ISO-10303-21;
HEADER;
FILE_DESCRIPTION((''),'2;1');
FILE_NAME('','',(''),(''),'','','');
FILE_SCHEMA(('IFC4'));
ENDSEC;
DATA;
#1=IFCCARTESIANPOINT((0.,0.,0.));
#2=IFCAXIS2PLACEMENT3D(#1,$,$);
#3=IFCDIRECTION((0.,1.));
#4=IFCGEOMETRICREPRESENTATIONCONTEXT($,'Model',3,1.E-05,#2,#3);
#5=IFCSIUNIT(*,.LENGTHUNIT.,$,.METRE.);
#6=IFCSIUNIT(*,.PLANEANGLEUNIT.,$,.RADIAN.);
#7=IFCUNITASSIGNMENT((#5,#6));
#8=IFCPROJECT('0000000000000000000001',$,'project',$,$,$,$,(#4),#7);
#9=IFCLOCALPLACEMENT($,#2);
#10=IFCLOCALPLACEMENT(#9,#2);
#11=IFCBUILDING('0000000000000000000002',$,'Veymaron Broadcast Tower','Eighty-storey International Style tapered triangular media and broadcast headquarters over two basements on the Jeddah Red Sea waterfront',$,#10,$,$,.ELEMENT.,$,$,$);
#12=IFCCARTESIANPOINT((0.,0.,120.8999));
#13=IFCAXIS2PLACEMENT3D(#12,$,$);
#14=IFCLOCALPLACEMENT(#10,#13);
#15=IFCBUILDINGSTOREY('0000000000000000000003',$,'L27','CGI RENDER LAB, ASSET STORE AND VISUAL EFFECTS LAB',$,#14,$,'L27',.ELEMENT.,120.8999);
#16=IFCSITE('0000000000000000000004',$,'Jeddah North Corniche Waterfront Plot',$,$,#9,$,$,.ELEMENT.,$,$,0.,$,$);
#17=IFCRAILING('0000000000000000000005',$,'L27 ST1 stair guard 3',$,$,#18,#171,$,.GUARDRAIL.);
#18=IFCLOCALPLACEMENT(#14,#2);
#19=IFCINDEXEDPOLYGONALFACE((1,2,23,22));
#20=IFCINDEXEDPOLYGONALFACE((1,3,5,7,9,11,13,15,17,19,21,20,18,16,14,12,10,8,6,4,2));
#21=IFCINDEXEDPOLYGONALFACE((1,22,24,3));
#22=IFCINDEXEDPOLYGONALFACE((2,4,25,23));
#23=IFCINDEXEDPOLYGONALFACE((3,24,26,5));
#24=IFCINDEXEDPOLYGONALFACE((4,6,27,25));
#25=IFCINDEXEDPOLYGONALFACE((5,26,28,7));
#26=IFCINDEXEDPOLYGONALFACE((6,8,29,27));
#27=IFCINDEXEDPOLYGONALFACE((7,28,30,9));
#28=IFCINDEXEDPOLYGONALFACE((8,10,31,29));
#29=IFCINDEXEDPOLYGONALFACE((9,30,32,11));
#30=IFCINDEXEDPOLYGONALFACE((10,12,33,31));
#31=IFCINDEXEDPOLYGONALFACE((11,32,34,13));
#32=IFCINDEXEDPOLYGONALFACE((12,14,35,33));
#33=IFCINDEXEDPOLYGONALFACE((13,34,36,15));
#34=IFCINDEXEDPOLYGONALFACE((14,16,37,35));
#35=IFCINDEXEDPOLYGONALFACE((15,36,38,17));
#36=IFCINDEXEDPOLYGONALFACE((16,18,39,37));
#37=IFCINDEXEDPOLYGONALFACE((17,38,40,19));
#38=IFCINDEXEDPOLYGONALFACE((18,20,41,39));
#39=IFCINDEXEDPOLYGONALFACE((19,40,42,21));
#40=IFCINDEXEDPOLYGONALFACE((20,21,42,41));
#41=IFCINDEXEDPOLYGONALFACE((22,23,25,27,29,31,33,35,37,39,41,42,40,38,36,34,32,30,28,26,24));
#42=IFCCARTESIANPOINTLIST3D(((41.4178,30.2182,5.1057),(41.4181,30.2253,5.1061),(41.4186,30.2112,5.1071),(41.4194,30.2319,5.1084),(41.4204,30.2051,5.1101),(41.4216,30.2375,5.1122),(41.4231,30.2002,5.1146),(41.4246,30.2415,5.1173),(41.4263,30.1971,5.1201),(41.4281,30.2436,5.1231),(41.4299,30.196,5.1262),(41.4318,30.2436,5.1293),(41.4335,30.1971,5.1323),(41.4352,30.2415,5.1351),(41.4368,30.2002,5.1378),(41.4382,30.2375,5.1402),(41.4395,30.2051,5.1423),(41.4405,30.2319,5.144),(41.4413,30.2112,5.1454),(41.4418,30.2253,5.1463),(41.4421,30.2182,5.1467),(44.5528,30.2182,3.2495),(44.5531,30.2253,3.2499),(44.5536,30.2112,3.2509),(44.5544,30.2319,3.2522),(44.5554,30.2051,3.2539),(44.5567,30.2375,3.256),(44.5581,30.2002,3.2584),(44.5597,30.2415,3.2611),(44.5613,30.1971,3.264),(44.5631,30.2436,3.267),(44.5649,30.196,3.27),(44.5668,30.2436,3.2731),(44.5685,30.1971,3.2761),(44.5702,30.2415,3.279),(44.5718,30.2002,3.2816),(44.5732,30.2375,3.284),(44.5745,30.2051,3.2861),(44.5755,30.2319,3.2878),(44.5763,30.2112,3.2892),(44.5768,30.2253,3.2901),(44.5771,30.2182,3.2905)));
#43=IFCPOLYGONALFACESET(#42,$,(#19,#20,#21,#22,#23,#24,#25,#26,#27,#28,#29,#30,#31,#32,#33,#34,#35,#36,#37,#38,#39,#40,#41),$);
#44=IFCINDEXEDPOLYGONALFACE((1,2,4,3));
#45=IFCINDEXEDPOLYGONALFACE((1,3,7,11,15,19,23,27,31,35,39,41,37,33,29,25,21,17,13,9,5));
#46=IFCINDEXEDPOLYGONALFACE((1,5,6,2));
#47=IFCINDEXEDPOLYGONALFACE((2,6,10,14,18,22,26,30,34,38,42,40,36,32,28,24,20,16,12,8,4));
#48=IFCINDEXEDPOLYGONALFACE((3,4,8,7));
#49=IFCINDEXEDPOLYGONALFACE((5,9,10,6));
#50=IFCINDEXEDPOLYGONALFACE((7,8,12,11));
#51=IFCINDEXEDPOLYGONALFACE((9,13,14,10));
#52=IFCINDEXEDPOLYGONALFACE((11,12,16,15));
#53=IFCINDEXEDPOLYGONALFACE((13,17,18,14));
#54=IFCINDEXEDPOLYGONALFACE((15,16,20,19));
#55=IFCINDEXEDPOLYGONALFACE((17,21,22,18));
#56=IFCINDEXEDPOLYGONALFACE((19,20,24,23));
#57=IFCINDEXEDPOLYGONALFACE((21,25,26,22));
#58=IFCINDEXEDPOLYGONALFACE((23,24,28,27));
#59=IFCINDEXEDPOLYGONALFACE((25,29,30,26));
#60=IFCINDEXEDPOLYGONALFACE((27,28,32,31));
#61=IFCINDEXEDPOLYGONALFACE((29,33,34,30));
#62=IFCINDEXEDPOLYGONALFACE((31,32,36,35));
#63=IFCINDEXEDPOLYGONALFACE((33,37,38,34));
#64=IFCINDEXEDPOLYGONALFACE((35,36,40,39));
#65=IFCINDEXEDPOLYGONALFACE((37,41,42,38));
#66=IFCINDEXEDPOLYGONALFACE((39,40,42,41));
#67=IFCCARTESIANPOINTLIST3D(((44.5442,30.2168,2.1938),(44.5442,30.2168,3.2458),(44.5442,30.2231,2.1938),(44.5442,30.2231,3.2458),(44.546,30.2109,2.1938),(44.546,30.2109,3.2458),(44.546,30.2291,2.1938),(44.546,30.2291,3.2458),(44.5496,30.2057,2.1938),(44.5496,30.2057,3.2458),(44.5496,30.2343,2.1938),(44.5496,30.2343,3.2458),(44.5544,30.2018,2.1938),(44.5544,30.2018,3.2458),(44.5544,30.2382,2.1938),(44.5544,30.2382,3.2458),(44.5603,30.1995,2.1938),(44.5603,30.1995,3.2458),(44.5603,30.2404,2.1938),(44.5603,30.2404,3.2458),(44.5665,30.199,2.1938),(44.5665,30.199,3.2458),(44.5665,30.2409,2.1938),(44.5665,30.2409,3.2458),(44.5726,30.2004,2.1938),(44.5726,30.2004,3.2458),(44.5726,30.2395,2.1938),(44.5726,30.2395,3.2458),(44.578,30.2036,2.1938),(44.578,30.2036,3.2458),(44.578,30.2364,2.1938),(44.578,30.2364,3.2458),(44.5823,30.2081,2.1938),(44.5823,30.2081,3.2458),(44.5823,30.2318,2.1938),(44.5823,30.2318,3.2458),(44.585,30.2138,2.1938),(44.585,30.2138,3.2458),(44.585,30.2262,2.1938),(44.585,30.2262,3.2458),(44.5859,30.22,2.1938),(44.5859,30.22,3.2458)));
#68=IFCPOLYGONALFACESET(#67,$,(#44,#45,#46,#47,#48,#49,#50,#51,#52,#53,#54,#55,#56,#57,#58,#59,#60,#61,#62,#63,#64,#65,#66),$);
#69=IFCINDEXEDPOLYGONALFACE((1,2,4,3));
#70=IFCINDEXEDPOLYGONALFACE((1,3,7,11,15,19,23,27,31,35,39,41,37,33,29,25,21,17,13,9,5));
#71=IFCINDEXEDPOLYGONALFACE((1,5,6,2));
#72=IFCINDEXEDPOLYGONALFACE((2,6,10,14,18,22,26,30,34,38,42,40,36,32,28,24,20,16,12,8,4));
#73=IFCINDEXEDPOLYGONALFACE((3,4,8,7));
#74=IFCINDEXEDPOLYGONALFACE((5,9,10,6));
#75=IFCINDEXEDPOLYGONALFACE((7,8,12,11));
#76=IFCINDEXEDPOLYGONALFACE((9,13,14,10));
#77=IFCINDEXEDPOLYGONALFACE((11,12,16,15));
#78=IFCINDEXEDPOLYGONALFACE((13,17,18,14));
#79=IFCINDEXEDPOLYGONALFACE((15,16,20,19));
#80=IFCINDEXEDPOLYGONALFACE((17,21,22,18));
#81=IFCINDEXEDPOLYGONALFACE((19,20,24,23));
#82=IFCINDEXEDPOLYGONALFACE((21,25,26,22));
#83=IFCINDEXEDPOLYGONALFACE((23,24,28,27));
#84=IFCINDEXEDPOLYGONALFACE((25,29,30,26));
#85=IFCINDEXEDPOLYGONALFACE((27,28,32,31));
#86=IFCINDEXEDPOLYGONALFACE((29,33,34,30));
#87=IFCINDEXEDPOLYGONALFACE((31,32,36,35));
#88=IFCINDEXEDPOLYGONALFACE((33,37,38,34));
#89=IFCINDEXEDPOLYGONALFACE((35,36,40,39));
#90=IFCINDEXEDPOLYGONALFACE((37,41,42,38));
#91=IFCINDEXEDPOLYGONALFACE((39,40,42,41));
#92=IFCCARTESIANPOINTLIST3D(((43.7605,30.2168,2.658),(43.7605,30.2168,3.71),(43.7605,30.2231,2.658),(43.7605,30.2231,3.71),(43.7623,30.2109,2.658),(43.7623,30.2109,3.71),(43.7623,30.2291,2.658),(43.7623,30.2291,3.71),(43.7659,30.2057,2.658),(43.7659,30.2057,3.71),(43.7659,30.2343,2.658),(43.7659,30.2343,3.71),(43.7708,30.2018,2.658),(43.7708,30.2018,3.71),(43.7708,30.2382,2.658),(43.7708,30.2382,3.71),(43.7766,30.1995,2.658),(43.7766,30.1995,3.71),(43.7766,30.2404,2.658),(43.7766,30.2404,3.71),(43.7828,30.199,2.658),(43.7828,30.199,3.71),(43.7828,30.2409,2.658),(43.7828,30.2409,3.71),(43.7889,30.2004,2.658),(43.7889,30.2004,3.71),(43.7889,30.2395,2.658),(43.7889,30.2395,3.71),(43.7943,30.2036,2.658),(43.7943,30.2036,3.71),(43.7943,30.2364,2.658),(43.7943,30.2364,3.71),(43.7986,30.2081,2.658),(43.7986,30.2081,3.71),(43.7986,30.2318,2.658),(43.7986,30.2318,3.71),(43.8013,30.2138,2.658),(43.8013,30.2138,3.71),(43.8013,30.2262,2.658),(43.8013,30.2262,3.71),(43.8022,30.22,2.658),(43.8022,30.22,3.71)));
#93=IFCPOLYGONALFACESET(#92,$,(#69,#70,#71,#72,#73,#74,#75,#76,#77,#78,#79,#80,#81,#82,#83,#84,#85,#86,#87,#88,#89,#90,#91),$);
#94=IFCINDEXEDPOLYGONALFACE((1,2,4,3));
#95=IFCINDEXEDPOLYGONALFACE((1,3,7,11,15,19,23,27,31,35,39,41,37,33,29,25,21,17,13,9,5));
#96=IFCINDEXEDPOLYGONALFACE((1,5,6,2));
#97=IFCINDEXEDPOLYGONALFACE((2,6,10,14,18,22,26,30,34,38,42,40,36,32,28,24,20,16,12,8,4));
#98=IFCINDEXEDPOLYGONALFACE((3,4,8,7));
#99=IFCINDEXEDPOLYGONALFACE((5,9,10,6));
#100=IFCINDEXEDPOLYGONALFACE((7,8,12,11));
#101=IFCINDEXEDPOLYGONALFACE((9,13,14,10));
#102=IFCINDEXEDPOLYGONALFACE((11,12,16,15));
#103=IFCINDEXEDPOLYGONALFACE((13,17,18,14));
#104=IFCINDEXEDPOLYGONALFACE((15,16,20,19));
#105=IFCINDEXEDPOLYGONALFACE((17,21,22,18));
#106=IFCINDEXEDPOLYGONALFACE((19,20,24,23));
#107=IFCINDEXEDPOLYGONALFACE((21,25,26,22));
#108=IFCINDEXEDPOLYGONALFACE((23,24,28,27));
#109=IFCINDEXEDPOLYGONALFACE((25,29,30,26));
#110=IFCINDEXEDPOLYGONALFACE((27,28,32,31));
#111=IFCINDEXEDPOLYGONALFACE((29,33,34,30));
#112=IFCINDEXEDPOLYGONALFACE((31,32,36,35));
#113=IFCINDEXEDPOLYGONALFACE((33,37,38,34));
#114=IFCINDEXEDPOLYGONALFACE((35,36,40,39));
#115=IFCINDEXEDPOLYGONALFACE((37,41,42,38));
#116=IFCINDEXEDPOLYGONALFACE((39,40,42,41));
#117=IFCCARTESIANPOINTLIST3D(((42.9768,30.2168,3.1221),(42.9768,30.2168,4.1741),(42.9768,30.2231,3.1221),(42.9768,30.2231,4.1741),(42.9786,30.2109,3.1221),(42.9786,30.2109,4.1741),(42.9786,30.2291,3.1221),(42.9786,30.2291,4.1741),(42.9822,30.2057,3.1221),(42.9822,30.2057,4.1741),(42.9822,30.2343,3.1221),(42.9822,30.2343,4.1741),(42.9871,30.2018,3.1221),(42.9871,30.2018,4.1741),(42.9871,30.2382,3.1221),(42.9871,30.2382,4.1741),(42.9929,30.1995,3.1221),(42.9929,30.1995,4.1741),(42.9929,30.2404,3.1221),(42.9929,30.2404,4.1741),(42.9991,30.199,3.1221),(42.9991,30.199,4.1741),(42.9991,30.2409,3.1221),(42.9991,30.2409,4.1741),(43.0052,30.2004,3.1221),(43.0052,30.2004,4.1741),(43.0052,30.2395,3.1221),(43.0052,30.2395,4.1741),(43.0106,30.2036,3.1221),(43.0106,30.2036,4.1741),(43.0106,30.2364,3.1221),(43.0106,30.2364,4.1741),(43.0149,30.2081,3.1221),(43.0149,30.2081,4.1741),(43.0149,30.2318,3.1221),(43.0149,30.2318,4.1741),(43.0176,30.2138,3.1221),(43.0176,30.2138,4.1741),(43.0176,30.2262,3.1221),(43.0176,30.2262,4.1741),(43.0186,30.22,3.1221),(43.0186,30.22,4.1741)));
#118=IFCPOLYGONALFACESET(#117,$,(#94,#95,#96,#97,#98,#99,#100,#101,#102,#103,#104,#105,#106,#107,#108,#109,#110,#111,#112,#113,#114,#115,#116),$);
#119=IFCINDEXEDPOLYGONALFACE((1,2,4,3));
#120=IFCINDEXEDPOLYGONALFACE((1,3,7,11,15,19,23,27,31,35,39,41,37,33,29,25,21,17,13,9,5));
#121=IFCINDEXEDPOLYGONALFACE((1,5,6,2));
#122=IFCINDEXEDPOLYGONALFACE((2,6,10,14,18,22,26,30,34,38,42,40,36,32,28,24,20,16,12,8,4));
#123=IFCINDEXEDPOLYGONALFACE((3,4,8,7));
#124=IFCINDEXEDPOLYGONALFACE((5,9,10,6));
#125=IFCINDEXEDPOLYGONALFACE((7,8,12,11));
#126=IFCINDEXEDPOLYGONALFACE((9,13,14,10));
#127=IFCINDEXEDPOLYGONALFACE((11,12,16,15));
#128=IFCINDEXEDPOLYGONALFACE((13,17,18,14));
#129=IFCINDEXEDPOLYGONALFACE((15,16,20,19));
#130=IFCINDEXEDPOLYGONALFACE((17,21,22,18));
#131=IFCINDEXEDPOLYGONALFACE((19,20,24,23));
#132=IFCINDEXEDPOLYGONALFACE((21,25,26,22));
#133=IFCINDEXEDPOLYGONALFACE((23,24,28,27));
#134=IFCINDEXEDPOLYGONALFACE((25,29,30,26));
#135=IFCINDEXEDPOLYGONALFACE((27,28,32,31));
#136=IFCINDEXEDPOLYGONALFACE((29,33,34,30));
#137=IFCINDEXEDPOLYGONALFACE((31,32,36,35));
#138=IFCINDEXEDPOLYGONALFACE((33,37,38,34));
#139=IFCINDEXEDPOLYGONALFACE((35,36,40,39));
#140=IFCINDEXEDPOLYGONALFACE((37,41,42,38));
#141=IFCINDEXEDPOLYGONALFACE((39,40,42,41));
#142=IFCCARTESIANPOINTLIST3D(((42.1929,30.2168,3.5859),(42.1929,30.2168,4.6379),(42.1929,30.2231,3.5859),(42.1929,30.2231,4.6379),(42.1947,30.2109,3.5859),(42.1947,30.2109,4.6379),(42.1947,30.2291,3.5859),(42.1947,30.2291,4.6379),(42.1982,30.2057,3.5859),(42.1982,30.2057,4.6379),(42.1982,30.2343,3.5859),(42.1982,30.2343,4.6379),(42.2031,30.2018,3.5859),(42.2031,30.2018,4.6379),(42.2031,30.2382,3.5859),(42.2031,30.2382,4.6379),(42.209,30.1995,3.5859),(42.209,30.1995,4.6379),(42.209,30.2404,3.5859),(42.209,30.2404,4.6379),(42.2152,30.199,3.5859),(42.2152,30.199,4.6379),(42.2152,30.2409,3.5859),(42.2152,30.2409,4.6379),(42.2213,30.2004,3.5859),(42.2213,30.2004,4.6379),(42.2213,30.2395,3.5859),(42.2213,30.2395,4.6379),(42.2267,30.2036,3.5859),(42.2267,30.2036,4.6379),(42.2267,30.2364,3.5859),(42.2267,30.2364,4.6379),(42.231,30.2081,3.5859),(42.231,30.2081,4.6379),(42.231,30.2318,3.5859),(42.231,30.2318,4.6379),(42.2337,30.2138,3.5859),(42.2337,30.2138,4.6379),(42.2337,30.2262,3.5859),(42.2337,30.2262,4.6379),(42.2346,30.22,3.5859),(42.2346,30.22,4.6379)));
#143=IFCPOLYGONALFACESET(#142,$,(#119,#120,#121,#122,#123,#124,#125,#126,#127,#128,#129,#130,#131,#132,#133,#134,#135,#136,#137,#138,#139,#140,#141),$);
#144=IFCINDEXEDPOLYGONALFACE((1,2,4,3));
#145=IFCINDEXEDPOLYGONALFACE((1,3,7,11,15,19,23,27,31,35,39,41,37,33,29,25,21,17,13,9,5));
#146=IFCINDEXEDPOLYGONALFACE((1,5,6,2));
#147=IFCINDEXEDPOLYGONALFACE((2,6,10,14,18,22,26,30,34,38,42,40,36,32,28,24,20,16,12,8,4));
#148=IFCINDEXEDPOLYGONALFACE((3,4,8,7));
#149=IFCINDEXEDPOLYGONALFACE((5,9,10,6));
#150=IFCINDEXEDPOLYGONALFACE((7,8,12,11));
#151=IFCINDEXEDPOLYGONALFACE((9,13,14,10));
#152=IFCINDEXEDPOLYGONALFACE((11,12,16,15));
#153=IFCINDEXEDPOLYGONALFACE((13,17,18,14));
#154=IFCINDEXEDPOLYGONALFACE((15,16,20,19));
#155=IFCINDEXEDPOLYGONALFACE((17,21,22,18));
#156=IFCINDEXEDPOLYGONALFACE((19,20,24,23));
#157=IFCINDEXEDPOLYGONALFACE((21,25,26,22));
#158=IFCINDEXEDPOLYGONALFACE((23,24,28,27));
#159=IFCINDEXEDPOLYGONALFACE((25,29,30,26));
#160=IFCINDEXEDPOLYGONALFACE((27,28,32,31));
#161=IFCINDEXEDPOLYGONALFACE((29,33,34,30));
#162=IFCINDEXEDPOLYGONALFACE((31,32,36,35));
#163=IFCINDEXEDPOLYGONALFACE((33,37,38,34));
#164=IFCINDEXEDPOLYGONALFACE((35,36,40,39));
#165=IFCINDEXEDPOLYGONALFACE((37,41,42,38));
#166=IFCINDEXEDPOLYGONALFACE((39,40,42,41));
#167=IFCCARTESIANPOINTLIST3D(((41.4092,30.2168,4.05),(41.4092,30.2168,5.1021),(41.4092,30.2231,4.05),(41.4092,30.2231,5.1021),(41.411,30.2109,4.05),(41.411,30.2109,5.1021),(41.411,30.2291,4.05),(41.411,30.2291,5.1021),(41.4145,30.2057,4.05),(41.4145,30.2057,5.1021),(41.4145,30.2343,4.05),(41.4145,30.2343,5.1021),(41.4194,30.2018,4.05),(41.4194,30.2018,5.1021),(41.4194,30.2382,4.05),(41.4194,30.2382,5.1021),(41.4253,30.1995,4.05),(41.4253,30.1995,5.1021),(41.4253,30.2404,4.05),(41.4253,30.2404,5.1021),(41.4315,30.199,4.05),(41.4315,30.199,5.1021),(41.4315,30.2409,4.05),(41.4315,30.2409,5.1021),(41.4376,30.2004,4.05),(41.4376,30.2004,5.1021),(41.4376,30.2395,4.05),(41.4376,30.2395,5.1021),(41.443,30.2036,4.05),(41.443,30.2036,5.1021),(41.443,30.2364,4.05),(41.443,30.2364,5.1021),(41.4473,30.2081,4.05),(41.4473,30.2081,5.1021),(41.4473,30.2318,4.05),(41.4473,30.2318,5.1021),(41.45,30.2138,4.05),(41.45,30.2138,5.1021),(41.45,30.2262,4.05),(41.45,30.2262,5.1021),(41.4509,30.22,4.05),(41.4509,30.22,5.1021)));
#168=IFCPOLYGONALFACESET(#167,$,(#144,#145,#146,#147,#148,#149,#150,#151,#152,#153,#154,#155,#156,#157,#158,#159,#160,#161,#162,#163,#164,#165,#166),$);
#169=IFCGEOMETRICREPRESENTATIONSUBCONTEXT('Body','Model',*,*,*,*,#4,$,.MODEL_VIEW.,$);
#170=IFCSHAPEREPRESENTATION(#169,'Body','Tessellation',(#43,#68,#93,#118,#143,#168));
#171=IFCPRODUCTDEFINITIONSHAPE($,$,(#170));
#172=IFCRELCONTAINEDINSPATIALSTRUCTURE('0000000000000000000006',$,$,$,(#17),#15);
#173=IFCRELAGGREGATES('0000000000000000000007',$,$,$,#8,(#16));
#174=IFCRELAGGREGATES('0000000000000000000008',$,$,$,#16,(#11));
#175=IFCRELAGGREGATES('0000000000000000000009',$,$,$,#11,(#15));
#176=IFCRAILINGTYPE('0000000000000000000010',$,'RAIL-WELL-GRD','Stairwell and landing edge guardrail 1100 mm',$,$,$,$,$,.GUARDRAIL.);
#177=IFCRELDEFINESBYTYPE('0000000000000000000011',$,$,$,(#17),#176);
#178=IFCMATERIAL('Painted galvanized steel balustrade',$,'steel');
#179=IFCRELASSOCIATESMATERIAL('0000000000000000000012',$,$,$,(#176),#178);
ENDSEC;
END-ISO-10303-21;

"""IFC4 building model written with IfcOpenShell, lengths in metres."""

from ifc_helpers import new_model, si_unit, direction, frame, origin, origin_2d, place, context, subcontext, project, spatial, circle, extrude, material, type_object, element, save


model = new_model("IFC4")

# Units and contexts
model_context = context("Model", 3, precision=1e-05, world=origin(), true_north=direction((0.0, 1.0)))
body_context = subcontext(model_context, "Body", "Model", "MODEL_VIEW")
ifc_project = project(units=[si_unit("LENGTHUNIT", "METRE"), si_unit("PLANEANGLEUNIT", "RADIAN")], contexts=[model_context])

# Site, building, storey
site_placement = place(None, origin())
site = spatial("IfcSite", under=ifc_project, at=site_placement, Name="Jeddah North Corniche Waterfront Plot", CompositionType="ELEMENT", RefElevation=0.0)
building_placement = place(site_placement, origin())
building = spatial("IfcBuilding", under=site, at=building_placement, Name="Veymaron Broadcast Tower", Description="Eighty-storey International Style tapered triangular media and broadcast headquarters over two basements on the Jeddah Red Sea waterfront", CompositionType="ELEMENT")
storey_placement = place(building_placement, frame((0.0, 0.0, 120.8999)))
storey = spatial("IfcBuildingStorey", under=building, at=storey_placement, Name="L27", Description="CGI RENDER LAB, ASSET STORE AND VISUAL EFFECTS LAB", LongName="L27", CompositionType="ELEMENT", Elevation=120.8999)

# Railing
ifc_material_1 = material(Name="Painted galvanized steel balustrade", Category="steel")
railing_type_1 = type_object("IfcRailingType", Name="RAIL-WELL-GRD", Description="Stairwell and landing edge guardrail 1100 mm", PredefinedType="GUARDRAIL", material=ifc_material_1)
railing_1_placement = place(storey_placement, frame((44.5649, 30.22, 2.1938)))
element("IfcRailing", 1, at=railing_1_placement, inside=storey, type_object=railing_type_1, Name="L27 ST1 stair guard 3", PredefinedType="GUARDRAIL", context=body_context, shape_type="SweptSolid", body=[
    extrude(circle(Radius=0.0239, at=origin_2d()), frame((0.0, 0.0, 1.0762), z_axis=(-0.860482, 0.0, 0.509481), x_axis=(0.0, -1.0, 0.0)), (0.0, 0.0, 1.0), 3.6433),
    extrude(circle(Radius=0.021, at=origin_2d()), origin(), (0.0, 0.0, 1.0), 1.052),
    extrude(circle(Radius=0.021, at=origin_2d()), frame((-0.7837, 0.0, 0.4641)), (0.0, 0.0, 1.0), 1.052),
    extrude(circle(Radius=0.021, at=origin_2d()), frame((-1.5674, 0.0, 0.9282)), (0.0, 0.0, 1.0), 1.052),
    extrude(circle(Radius=0.021, at=origin_2d()), frame((-2.3513, 0.0, 1.3921)), (0.0, 0.0, 1.0), 1.052),
    extrude(circle(Radius=0.021, at=origin_2d()), frame((-3.135, 0.0, 1.8562)), (0.0, 0.0, 1.0), 1.052),
])

save(model, "model.ifc")
